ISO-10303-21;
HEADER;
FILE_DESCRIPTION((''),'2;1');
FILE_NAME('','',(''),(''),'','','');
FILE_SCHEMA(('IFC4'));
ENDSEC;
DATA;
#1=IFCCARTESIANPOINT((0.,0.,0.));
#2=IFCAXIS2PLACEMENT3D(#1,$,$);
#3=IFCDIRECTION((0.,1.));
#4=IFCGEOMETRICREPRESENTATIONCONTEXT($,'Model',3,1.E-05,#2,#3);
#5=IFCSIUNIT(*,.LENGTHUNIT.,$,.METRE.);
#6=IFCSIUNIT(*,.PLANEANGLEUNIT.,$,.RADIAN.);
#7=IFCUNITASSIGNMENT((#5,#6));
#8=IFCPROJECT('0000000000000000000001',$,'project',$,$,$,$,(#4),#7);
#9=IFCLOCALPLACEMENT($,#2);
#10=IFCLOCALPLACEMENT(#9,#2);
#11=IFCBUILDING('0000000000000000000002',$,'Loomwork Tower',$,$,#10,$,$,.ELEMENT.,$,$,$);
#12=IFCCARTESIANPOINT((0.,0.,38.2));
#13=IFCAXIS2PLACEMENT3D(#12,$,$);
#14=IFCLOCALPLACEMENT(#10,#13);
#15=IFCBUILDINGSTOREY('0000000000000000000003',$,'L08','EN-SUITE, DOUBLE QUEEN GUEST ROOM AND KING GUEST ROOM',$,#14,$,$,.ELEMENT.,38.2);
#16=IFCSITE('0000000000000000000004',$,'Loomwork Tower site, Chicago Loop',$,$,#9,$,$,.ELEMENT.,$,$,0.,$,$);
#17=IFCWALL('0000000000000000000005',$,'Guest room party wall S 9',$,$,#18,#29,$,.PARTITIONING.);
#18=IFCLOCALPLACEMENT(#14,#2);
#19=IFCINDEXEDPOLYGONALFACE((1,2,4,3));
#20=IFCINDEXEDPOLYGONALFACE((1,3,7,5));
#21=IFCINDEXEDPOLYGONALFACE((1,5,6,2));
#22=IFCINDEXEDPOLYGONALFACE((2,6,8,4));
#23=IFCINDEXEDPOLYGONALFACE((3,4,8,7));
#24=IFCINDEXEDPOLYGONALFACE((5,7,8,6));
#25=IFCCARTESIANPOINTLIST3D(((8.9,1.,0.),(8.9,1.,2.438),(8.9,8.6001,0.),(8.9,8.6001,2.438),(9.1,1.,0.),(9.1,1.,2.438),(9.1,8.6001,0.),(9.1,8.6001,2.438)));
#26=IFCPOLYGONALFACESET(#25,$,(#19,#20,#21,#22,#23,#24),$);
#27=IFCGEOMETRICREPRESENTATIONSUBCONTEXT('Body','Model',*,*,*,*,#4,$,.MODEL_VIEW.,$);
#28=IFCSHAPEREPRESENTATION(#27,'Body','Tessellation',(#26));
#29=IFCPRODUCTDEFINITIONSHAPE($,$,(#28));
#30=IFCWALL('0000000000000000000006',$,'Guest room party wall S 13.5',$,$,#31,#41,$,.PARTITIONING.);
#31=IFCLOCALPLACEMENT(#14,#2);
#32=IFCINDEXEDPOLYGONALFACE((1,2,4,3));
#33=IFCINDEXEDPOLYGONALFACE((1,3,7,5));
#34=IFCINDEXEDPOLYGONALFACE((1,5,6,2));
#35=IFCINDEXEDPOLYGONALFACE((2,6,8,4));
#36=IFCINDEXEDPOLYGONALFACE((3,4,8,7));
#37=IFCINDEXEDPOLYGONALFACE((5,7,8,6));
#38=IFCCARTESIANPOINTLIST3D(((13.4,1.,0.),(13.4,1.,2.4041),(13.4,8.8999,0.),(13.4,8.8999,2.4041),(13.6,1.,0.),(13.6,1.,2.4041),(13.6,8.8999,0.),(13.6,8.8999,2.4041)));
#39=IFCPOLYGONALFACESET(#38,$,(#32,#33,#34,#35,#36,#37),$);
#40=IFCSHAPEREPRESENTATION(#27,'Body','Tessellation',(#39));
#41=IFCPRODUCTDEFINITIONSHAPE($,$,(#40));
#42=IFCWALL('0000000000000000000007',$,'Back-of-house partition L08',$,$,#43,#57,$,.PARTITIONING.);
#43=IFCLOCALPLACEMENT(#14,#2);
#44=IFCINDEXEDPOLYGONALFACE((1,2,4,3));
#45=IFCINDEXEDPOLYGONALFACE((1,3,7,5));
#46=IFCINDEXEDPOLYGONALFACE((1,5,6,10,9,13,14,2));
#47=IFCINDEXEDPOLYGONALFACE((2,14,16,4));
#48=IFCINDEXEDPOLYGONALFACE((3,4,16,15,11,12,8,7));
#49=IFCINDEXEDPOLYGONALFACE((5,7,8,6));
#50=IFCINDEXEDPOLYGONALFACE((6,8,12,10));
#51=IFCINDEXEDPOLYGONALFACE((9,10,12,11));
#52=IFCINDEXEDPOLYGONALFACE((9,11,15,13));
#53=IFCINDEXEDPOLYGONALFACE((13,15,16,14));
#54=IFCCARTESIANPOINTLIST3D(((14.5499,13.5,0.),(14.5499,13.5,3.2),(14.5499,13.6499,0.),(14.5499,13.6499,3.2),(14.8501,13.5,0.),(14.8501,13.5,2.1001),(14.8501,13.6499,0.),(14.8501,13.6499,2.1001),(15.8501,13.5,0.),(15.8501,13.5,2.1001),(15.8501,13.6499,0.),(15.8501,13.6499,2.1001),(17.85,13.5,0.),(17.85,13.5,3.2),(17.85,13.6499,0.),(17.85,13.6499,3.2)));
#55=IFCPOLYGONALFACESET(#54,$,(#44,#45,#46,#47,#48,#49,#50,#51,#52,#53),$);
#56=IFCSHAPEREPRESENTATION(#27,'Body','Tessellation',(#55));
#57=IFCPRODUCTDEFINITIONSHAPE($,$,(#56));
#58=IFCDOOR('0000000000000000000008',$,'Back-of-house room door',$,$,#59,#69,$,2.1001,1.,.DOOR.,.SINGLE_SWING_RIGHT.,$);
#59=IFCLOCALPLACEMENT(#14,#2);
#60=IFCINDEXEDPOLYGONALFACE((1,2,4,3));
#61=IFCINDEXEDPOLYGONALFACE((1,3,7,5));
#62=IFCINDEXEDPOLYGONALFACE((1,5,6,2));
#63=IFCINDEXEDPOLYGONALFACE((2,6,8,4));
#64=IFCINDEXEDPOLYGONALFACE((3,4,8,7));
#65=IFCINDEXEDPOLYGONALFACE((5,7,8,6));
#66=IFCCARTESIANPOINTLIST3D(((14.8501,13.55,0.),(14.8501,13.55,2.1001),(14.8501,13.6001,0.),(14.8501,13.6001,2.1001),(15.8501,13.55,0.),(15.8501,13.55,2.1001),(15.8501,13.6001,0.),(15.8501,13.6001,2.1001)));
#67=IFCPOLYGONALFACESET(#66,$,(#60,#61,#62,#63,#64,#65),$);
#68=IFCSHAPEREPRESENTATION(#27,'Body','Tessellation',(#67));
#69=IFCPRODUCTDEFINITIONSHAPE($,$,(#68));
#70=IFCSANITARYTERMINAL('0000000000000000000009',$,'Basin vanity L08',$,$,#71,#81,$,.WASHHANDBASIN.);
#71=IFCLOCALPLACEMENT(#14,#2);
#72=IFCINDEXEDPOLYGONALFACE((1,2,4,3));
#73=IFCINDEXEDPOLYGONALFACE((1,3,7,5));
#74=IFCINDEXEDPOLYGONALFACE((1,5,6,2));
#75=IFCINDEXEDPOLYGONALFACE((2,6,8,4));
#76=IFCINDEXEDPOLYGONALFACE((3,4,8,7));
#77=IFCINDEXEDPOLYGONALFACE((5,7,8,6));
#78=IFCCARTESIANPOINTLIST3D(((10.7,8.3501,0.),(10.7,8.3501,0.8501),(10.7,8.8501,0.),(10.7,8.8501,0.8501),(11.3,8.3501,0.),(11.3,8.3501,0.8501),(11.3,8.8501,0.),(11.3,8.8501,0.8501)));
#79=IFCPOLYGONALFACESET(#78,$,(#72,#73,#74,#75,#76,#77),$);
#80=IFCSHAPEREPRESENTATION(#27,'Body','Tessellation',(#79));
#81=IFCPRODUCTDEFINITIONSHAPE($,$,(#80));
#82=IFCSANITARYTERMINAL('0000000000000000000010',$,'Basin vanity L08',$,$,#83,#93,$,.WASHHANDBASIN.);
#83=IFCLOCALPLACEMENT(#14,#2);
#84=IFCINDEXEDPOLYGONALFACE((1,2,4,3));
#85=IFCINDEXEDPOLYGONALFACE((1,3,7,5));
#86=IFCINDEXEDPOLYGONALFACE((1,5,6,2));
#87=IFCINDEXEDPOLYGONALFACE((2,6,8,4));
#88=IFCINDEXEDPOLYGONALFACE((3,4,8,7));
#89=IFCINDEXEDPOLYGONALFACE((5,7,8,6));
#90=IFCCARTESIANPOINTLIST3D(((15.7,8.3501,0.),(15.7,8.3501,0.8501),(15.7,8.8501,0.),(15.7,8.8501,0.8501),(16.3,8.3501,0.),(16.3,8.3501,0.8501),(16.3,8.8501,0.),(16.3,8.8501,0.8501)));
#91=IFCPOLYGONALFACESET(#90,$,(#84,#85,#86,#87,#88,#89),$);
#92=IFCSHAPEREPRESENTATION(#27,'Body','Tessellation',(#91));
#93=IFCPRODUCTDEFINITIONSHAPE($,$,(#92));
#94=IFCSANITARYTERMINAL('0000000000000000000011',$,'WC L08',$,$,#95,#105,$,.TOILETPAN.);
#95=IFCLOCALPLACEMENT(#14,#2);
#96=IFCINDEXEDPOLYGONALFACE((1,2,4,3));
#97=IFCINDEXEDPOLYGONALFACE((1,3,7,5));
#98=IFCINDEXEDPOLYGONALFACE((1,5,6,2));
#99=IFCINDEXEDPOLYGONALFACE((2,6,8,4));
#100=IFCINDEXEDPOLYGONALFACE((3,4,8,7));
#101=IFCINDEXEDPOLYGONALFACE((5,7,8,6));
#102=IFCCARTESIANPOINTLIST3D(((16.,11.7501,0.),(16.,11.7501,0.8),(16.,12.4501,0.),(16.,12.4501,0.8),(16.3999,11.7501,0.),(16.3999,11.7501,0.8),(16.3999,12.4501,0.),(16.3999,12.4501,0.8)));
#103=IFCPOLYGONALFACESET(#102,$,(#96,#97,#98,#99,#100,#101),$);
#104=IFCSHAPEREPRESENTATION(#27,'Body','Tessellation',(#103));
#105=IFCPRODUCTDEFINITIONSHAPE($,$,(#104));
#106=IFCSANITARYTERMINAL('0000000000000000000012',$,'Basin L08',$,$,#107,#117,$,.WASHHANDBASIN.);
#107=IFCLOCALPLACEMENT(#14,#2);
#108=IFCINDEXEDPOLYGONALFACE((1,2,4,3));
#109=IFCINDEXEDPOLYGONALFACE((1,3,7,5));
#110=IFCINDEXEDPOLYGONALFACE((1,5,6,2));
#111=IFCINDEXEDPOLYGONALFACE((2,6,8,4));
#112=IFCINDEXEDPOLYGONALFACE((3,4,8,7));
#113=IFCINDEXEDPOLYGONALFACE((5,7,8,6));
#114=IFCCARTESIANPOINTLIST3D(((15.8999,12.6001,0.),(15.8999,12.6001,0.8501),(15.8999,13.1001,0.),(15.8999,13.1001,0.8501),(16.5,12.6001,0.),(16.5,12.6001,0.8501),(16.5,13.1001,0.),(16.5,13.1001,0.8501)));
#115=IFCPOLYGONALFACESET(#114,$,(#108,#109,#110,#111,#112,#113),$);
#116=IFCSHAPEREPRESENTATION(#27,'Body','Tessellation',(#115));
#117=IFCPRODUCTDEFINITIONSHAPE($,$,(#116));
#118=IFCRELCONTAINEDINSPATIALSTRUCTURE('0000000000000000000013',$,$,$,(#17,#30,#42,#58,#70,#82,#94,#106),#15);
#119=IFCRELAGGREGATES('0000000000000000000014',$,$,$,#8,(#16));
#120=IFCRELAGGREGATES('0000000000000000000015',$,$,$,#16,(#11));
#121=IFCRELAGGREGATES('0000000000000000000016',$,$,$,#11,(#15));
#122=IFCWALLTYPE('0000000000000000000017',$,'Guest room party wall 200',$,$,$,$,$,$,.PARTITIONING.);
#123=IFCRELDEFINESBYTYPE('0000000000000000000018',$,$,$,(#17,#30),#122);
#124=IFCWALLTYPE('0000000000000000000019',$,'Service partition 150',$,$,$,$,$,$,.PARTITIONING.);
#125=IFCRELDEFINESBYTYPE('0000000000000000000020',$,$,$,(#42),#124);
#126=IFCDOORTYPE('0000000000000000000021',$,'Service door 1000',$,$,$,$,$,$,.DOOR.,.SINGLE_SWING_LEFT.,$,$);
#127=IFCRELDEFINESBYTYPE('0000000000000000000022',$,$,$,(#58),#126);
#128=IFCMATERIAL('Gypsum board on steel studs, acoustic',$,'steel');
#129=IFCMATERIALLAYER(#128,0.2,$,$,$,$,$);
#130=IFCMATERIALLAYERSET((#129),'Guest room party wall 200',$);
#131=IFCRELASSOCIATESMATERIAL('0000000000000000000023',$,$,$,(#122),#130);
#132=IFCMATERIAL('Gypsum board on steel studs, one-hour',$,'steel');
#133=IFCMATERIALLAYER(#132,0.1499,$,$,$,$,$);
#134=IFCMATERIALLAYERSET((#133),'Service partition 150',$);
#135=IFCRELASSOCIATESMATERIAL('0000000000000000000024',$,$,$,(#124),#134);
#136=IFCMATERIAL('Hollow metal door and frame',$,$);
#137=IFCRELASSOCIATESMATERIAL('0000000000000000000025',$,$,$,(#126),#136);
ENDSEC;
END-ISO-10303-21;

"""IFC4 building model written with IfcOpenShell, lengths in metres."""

from ifc_helpers import new_model, si_unit, direction, frame, frame_2d, origin, origin_2d, place, context, subcontext, project, spatial, rectangle, extrude, material, layer, layer_set, type_object, element, fill, save


model = new_model("IFC4")

# Units and contexts
model_context = context("Model", 3, precision=1e-05, world=origin(), true_north=direction((0.0, 1.0)))
body_context = subcontext(model_context, "Body", "Model", "MODEL_VIEW")
ifc_project = project(units=[si_unit("LENGTHUNIT", "METRE"), si_unit("PLANEANGLEUNIT", "RADIAN")], contexts=[model_context])

# Site, building, storey
site_placement = place(None, origin())
site = spatial("IfcSite", under=ifc_project, at=site_placement, Name="Loomwork Tower site, Chicago Loop", CompositionType="ELEMENT", RefElevation=0.0)
building_placement = place(site_placement, origin())
building = spatial("IfcBuilding", under=site, at=building_placement, Name="Loomwork Tower", CompositionType="ELEMENT")
storey_placement = place(building_placement, frame((0.0, 0.0, 38.2)))
storey = spatial("IfcBuildingStorey", under=building, at=storey_placement, Name="L08", Description="EN-SUITE, DOUBLE QUEEN GUEST ROOM AND KING GUEST ROOM", CompositionType="ELEMENT", Elevation=38.2)

# Walls
ifc_material_1 = material(Name="Gypsum board on steel studs, acoustic", Category="steel")
ifc_layer_1 = layer(ifc_material_1, 0.2)
ifc_layer_set_1 = layer_set([ifc_layer_1], Name="Guest room party wall 200")
wall_type_1 = type_object("IfcWallType", Name="Guest room party wall 200", PredefinedType="PARTITIONING", material=ifc_layer_set_1)
wall_1_placement = place(storey_placement, frame((9.0, 8.6001, 0.0), z_axis=(0.0, 0.0, 1.0), x_axis=(0.0, -1.0, 0.0)))
element("IfcWall", 1, at=wall_1_placement, inside=storey, type_object=wall_type_1, Name="Guest room party wall S 9", PredefinedType="PARTITIONING", context=body_context, shape_type="SweptSolid", body=[
    extrude(rectangle(XDim=7.6001, YDim=0.2, at=frame_2d((3.8, 0.0))), origin(), (0.0, 0.0, 1.0), 2.438),
])
wall_2_placement = place(storey_placement, frame((13.5, 8.8999, 0.0), z_axis=(0.0, 0.0, 1.0), x_axis=(0.0, -1.0, 0.0)))
element("IfcWall", 2, at=wall_2_placement, inside=storey, type_object=wall_type_1, Name="Guest room party wall S 13.5", PredefinedType="PARTITIONING", context=body_context, shape_type="SweptSolid", body=[
    extrude(rectangle(XDim=7.8999, YDim=0.2, at=frame_2d((3.95, 0.0))), origin(), (0.0, 0.0, 1.0), 2.4041),
])

# Wall, opening, door
ifc_material_2 = material(Name="Gypsum board on steel studs, one-hour", Category="steel")
ifc_layer_2 = layer(ifc_material_2, 0.1499)
ifc_layer_set_2 = layer_set([ifc_layer_2], Name="Service partition 150")
wall_type_2 = type_object("IfcWallType", Name="Service partition 150", PredefinedType="PARTITIONING", material=ifc_layer_set_2)
wall_3_placement = place(storey_placement, frame((14.55, 13.575, 0.0), z_axis=(0.0, 0.0, 1.0), x_axis=(1.0, 0.0, 0.0)))
wall_3 = element("IfcWall", 3, at=wall_3_placement, inside=storey, type_object=wall_type_2, Name="Back-of-house partition L08", PredefinedType="PARTITIONING", context=body_context, shape_type="SweptSolid", body=[
    extrude(rectangle(XDim=3.3, YDim=0.1499, at=frame_2d((1.6499, 0.0))), origin(), (0.0, 0.0, 1.0), 3.2),
])
opening_1_placement = place(wall_3_placement, frame((0.3, 0.0, 0.0)))
opening_1 = element("IfcOpeningElement", 4, at=opening_1_placement, cuts=wall_3, PredefinedType="OPENING", context=body_context, shape_type="SweptSolid", body=[
    extrude(rectangle(XDim=1.0, YDim=2.1001, at=frame_2d((0.5, 1.05))), frame((0.0, 0.085, 0.0), z_axis=(0.0, -1.0, 0.0), x_axis=(1.0, 0.0, 0.0)), (0.0, 0.0, 1.0), 0.1699),
])
ifc_material_3 = material(Name="Hollow metal door and frame")
door_type_1 = type_object("IfcDoorType", Name="Service door 1000", OperationType="SINGLE_SWING_LEFT", PredefinedType="DOOR", material=ifc_material_3)
door_1_placement = place(opening_1_placement, frame((1.0, 0.0, 0.0), z_axis=(0.0, 0.0, 1.0), x_axis=(-1.0, 0.0, 0.0)))
door_1 = element("IfcDoor", 5, at=door_1_placement, inside=storey, type_object=door_type_1, Name="Back-of-house room door", OperationType="SINGLE_SWING_RIGHT", OverallHeight=2.1001, OverallWidth=1.0, PredefinedType="DOOR", context=body_context, shape_type="SweptSolid", body=[
    extrude(rectangle(XDim=1.0, YDim=2.1001, at=frame_2d((0.5, 1.05))), frame((0.0, 0.0249, 0.0), z_axis=(0.0, -1.0, 0.0), x_axis=(1.0, 0.0, 0.0)), (0.0, 0.0, 1.0), 0.05),
])
fill(opening_1, door_1)

# Sanitary terminals
for number, where, z_axis, x_axis, name in (
    (6, (11.0, 8.6001, 0.0), (0.0, 0.0, 1.0), (1.0, 0.0, 0.0), "Basin vanity L08"),
    (7, (16.0, 8.6001, 0.0), (0.0, 0.0, 1.0), (1.0, 0.0, 0.0), "Basin vanity L08"),
):
    element("IfcSanitaryTerminal", number, at=place(storey_placement, frame(where, z_axis=z_axis, x_axis=x_axis)), inside=storey, Name=name, PredefinedType="WASHHANDBASIN", context=body_context, shape_type="SweptSolid", body=[
        extrude(rectangle(XDim=0.6001, YDim=0.5, at=origin_2d()), origin(), (0.0, 0.0, 1.0), 0.8501),
    ])
sanitary_terminal_1_placement = place(storey_placement, frame((16.2, 12.1001, 0.0), z_axis=(0.0, 0.0, 1.0), x_axis=(1.0, 0.0, 0.0)))
element("IfcSanitaryTerminal", 8, at=sanitary_terminal_1_placement, inside=storey, Name="WC L08", PredefinedType="TOILETPAN", context=body_context, shape_type="SweptSolid", body=[
    extrude(rectangle(XDim=0.3999, YDim=0.7, at=origin_2d()), origin(), (0.0, 0.0, 1.0), 0.8),
])
sanitary_terminal_2_placement = place(storey_placement, frame((16.2, 12.8501, 0.0), z_axis=(0.0, 0.0, 1.0), x_axis=(1.0, 0.0, 0.0)))
element("IfcSanitaryTerminal", 9, at=sanitary_terminal_2_placement, inside=storey, Name="Basin L08", PredefinedType="WASHHANDBASIN", context=body_context, shape_type="SweptSolid", body=[
    extrude(rectangle(XDim=0.6001, YDim=0.5, at=origin_2d()), origin(), (0.0, 0.0, 1.0), 0.8501),
])

save(model, "model.ifc")
